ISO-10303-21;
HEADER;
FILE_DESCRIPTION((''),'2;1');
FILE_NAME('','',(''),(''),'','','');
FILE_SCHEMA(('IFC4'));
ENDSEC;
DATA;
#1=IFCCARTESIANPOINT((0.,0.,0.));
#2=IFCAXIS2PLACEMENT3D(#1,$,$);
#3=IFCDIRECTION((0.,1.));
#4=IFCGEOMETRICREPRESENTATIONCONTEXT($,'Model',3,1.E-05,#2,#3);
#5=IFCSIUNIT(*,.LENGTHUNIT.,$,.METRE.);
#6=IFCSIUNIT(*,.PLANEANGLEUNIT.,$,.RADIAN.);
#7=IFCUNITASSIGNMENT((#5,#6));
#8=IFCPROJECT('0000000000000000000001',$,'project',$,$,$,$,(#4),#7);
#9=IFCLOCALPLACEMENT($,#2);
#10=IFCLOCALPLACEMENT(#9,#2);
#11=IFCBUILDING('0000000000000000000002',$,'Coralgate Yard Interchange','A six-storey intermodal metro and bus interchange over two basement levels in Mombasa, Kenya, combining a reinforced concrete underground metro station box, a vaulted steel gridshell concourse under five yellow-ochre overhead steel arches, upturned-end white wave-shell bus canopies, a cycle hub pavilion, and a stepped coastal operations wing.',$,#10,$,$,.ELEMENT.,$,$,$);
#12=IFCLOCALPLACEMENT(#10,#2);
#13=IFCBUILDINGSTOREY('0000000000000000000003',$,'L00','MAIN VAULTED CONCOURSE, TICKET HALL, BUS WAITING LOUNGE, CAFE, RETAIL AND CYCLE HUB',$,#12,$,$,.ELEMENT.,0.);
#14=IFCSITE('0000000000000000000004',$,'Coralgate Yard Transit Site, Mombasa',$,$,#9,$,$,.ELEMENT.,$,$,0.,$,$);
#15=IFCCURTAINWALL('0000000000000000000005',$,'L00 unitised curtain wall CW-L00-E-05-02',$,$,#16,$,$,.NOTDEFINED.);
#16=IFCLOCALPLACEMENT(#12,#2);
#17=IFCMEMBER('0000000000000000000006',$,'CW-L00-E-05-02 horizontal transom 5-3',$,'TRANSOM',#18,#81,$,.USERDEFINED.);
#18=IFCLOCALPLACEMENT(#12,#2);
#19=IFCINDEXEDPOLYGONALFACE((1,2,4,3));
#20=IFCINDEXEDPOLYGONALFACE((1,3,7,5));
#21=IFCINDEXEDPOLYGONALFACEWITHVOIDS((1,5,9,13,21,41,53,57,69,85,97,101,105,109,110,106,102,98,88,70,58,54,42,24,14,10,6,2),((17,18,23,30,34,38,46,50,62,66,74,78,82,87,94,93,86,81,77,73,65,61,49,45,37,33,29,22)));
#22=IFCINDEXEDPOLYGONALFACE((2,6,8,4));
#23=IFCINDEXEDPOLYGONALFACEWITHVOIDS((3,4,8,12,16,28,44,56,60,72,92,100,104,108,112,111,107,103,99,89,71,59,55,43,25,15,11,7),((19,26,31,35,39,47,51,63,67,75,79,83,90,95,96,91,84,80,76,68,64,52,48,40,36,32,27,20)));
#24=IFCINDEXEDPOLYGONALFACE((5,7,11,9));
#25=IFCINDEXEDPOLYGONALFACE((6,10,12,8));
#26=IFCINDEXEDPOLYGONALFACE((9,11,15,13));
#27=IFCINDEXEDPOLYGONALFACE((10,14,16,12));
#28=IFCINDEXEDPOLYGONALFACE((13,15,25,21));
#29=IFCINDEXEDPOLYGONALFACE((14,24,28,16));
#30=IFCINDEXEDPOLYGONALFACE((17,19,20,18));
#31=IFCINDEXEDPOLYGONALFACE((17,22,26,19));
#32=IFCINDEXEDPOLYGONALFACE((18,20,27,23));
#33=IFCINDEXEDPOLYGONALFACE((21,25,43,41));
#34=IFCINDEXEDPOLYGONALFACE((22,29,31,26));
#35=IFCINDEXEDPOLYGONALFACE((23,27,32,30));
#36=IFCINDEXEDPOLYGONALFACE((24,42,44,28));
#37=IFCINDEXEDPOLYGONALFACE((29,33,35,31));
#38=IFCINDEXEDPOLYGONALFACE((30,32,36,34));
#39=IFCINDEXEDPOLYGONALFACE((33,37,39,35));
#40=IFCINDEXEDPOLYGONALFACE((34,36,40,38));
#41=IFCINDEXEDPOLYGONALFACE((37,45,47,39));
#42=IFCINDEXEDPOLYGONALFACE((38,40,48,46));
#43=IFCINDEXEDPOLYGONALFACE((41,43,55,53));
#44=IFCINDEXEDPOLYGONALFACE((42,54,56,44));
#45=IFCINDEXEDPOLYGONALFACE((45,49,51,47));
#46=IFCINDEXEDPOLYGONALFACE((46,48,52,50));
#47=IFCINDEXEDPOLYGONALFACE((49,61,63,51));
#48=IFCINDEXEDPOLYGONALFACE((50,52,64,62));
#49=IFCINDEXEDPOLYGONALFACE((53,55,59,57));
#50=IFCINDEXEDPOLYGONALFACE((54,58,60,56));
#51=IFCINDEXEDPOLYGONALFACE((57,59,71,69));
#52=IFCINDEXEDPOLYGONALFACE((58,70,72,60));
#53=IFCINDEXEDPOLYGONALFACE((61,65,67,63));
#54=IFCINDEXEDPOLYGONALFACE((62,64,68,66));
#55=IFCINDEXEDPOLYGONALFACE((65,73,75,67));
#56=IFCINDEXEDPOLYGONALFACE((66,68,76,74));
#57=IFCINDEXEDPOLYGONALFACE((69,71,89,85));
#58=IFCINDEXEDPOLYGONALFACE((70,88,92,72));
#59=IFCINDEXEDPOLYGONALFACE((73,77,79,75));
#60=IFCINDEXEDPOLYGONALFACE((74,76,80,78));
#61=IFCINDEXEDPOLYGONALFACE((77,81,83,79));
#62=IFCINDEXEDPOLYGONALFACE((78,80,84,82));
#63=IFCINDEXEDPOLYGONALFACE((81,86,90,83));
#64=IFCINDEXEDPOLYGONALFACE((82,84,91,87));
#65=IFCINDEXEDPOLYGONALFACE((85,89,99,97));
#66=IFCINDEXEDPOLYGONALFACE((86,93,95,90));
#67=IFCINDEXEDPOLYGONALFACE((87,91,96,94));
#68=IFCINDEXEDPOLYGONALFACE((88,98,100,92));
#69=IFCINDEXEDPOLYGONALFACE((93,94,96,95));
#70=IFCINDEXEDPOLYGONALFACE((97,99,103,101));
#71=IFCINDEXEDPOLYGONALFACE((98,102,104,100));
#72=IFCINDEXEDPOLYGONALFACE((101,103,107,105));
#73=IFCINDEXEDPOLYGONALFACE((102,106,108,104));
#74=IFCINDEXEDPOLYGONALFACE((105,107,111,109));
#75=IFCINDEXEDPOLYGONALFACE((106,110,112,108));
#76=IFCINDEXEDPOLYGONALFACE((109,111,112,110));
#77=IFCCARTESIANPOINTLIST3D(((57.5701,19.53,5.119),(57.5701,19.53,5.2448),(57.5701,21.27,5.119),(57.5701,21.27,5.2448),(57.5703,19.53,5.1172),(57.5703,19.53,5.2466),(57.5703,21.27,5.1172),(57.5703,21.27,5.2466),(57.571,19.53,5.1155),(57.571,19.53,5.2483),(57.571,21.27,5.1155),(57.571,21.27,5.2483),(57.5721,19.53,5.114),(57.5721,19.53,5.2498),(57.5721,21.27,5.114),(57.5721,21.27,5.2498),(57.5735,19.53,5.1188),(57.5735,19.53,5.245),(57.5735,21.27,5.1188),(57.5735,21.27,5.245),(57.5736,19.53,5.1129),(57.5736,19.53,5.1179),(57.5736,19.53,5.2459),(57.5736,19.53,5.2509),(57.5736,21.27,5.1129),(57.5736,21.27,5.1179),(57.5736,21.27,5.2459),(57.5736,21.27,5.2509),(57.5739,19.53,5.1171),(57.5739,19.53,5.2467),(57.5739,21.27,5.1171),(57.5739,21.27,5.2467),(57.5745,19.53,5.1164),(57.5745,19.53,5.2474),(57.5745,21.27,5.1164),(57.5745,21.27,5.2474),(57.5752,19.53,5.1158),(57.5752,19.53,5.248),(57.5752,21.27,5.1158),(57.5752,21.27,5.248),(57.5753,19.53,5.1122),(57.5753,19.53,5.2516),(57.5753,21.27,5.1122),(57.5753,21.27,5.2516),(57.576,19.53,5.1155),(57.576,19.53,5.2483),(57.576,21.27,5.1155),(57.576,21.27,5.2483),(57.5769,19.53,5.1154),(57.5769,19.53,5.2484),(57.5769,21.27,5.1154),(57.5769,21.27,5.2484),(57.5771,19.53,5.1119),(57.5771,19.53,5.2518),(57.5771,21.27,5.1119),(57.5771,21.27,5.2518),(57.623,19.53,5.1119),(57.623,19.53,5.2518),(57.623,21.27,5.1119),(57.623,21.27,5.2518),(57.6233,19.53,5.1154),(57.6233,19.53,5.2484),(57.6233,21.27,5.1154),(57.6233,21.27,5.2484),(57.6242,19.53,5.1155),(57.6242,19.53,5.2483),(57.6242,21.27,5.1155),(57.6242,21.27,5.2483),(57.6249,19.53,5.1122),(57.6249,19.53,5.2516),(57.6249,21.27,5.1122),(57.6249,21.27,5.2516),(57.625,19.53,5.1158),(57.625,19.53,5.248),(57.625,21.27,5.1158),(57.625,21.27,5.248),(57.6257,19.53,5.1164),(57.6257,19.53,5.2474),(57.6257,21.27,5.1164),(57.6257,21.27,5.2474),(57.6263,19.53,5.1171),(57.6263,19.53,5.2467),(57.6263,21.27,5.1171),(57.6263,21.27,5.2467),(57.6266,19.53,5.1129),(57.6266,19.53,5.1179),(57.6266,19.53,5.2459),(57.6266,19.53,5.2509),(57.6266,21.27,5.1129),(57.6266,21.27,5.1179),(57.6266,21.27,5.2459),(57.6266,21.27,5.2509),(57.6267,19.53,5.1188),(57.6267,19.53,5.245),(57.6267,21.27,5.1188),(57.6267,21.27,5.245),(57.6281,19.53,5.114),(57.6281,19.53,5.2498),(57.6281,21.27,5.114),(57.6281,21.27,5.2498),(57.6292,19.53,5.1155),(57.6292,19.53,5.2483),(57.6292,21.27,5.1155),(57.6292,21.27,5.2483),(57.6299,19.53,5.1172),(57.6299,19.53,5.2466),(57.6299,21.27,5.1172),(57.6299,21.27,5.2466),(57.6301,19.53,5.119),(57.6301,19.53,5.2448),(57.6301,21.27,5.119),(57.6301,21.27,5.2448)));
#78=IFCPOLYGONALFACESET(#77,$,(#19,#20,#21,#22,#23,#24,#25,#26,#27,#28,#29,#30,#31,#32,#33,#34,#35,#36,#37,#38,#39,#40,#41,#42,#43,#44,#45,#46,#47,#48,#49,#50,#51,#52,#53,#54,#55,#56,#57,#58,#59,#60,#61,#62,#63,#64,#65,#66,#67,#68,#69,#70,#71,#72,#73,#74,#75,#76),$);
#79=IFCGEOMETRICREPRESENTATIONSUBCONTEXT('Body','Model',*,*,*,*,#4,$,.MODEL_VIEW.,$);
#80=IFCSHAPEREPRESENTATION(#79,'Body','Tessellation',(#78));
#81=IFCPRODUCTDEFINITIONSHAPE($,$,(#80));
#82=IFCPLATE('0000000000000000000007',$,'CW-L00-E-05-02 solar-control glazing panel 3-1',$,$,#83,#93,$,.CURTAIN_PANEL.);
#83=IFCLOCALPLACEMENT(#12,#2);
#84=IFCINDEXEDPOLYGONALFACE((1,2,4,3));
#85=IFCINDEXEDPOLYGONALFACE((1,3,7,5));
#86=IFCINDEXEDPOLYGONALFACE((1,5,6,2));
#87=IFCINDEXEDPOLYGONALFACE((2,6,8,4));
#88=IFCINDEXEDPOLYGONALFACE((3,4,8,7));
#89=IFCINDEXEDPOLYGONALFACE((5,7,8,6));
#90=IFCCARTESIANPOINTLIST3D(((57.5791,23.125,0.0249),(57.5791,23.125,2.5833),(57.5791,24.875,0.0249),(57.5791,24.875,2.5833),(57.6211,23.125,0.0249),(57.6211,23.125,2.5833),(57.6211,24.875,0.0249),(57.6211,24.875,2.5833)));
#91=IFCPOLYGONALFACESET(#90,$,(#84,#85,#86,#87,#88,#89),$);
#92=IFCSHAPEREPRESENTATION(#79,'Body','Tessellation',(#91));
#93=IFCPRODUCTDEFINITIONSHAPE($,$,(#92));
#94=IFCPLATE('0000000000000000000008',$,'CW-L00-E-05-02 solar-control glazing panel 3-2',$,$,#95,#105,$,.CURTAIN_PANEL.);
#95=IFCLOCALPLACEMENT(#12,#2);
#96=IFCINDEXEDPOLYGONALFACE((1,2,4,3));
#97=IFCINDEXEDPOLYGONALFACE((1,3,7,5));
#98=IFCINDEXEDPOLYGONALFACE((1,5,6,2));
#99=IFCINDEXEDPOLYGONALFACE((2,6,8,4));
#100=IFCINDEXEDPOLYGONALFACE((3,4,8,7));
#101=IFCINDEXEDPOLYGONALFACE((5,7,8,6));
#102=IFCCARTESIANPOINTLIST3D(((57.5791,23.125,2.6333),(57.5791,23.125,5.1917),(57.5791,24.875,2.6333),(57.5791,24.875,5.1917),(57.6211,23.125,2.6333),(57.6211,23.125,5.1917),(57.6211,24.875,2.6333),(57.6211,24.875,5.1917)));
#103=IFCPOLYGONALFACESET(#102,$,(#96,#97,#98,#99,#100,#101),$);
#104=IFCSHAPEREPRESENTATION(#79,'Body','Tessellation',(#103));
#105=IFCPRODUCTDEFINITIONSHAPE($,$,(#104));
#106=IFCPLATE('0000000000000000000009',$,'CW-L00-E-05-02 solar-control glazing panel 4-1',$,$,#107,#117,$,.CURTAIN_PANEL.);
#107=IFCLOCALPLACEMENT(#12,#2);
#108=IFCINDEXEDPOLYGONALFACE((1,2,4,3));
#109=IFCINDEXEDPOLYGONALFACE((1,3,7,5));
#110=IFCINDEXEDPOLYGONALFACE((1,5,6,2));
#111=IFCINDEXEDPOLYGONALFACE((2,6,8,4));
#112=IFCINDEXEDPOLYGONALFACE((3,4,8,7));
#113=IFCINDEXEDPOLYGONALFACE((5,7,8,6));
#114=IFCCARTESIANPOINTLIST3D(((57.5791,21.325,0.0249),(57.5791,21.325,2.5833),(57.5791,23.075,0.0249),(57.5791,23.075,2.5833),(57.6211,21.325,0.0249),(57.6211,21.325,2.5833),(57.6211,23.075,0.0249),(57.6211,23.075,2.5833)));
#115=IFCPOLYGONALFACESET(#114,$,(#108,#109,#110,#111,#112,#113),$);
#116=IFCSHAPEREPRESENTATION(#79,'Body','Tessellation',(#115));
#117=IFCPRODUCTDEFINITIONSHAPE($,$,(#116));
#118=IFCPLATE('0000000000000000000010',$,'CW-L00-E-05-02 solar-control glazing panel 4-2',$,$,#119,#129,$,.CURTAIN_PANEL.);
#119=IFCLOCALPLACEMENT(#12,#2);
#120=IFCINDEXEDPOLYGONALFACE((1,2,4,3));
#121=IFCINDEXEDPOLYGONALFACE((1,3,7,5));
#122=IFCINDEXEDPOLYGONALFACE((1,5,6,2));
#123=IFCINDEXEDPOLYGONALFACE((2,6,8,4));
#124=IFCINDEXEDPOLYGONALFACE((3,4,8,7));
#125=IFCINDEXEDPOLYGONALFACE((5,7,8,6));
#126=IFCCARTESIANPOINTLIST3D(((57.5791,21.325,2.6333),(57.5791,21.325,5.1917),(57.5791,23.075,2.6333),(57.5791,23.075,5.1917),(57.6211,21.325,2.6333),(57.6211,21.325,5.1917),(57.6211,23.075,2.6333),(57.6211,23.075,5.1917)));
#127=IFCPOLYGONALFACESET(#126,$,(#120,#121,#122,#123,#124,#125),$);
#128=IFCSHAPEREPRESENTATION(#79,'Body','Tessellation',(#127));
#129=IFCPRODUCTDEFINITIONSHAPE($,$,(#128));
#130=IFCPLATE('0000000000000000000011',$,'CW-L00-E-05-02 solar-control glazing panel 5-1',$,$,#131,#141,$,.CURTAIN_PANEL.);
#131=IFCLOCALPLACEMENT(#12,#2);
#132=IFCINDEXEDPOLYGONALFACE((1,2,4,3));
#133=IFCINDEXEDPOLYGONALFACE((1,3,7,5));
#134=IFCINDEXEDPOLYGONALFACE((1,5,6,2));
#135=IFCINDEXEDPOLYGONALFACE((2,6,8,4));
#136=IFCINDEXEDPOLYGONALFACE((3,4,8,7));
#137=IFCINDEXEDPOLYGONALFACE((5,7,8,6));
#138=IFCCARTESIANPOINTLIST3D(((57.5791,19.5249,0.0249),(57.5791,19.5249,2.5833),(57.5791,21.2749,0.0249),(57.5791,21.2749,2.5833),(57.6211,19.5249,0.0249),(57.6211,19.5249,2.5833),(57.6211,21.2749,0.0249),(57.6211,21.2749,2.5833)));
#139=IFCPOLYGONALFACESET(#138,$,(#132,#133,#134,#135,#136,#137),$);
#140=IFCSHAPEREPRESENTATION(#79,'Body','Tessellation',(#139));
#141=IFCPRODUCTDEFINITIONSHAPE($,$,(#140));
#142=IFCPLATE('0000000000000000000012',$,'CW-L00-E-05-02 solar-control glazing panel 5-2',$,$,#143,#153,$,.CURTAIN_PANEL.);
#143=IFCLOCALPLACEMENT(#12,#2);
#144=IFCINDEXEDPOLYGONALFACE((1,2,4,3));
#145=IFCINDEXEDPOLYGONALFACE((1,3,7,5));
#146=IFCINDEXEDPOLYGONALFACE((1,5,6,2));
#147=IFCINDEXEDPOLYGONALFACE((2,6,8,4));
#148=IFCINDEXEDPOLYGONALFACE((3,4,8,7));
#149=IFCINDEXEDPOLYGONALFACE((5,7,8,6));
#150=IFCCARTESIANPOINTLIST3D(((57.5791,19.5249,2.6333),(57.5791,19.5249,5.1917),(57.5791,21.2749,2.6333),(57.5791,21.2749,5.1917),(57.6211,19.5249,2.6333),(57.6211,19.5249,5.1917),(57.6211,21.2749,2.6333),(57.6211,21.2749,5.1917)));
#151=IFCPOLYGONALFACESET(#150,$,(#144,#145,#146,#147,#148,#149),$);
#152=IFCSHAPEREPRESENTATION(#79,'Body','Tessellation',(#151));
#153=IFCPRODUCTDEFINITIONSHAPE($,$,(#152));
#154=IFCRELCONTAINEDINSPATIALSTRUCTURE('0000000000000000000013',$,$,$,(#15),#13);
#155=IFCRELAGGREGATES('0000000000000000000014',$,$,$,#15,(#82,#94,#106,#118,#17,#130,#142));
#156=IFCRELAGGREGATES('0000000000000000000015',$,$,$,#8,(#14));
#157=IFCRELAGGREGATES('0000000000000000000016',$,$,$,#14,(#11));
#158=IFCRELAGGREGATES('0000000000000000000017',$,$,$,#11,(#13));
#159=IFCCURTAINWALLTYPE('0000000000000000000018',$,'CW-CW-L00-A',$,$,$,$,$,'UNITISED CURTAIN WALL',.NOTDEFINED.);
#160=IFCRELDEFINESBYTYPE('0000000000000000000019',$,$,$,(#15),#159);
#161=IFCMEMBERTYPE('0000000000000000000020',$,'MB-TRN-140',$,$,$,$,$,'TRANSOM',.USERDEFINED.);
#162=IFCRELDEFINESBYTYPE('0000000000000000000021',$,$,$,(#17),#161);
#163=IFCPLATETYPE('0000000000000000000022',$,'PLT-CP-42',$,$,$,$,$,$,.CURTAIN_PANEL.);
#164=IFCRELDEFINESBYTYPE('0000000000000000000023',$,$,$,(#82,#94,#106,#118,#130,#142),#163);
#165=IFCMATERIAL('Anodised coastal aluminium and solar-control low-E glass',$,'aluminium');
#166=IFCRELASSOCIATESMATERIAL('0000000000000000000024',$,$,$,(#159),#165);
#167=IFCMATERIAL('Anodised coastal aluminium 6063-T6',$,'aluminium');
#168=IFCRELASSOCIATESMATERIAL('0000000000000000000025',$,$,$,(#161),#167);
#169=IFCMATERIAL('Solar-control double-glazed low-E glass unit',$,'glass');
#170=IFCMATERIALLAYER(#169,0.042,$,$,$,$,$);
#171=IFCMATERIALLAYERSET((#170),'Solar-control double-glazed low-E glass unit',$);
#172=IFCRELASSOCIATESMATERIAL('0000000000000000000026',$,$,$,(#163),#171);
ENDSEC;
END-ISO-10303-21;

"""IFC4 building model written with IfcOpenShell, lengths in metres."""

from ifc_helpers import new_model, si_unit, direction, frame, origin, origin_2d, place, context, subcontext, project, spatial, rectangle, hollow_rectangle, extrude, material, layer, layer_set, material_profile, profile_set, type_object, element, aggregate, save


model = new_model("IFC4")

# Units and contexts
model_context = context("Model", 3, precision=1e-05, world=origin(), true_north=direction((0.0, 1.0)))
body_context = subcontext(model_context, "Body", "Model", "MODEL_VIEW")
ifc_project = project(units=[si_unit("LENGTHUNIT", "METRE"), si_unit("PLANEANGLEUNIT", "RADIAN")], contexts=[model_context])

# Site, building, storey
site_placement = place(None, origin())
site = spatial("IfcSite", under=ifc_project, at=site_placement, Name="Coralgate Yard Transit Site, Mombasa", CompositionType="ELEMENT", RefElevation=0.0)
building_placement = place(site_placement, origin())
building = spatial("IfcBuilding", under=site, at=building_placement, Name="Coralgate Yard Interchange", Description="A six-storey intermodal metro and bus interchange over two basement levels in Mombasa, Kenya, combining a reinforced concrete underground metro station box, a vaulted steel gridshell concourse under five yellow-ochre overhead steel arches, upturned-end white wave-shell bus canopies, a cycle hub pavilion, and a stepped coastal operations wing.", CompositionType="ELEMENT")
storey_placement = place(building_placement, origin())
storey = spatial("IfcBuildingStorey", under=building, at=storey_placement, Name="L00", Description="MAIN VAULTED CONCOURSE, TICKET HALL, BUS WAITING LOUNGE, CAFE, RETAIL AND CYCLE HUB", CompositionType="ELEMENT", Elevation=0.0)

# Shared definitions
ifc_material_1 = material(Name="Anodised coastal aluminium and solar-control low-E glass", Category="aluminium")
ifc_material_2 = material(Name="Anodised coastal aluminium 6063-T6", Category="aluminium")

# Curtain wall, member, plates
curtain_wall_type_1 = type_object("IfcCurtainWallType", Name="CW-CW-L00-A", ElementType="UNITISED CURTAIN WALL", PredefinedType="NOTDEFINED", material=ifc_material_1)
curtain_wall_1_placement = place(storey_placement, origin())
curtain_wall_1 = element("IfcCurtainWall", 1, at=curtain_wall_1_placement, inside=storey, type_object=curtain_wall_type_1, Name="L00 unitised curtain wall CW-L00-E-05-02", PredefinedType="NOTDEFINED")
ifc_material_profile_1 = material_profile(ifc_material_2, hollow_rectangle(XDim=0.0601, YDim=0.1399, WallThickness=0.0034, InnerFilletRadius=0.0034, OuterFilletRadius=0.0071, at=origin_2d()), Name="ALU 60x140x3.5")
ifc_profile_set_1 = profile_set([ifc_material_profile_1], Name="Anodised coastal aluminium 6063-T6")
member_type_1 = type_object("IfcMemberType", Name="MB-TRN-140", ElementType="TRANSOM", PredefinedType="USERDEFINED", material=ifc_profile_set_1)
member_1_placement = place(storey_placement, frame((57.6001, 21.27, 5.1819), z_axis=(0.0, -1.0, 0.0), x_axis=(1.0, 0.0, 0.0)))
member_1 = element("IfcMember", 2, at=member_1_placement, type_object=member_type_1, Name="CW-L00-E-05-02 horizontal transom 5-3", ObjectType="TRANSOM", PredefinedType="USERDEFINED", context=body_context, shape_type="SweptSolid", body=[
    extrude(hollow_rectangle(XDim=0.0601, YDim=0.1399, WallThickness=0.0034, InnerFilletRadius=0.0034, OuterFilletRadius=0.0071, at=origin_2d()), origin(), (0.0, 0.0, 1.0), 1.74),
])
ifc_material_3 = material(Name="Solar-control double-glazed low-E glass unit", Category="glass")
ifc_layer = layer(ifc_material_3, 0.042)
ifc_layer_set = layer_set([ifc_layer], Name="Solar-control double-glazed low-E glass unit")
plate_type = type_object("IfcPlateType", Name="PLT-CP-42", PredefinedType="CURTAIN_PANEL", material=ifc_layer_set)
plate_1_placement = place(storey_placement, frame((57.6001, 24.0, 0.0249), z_axis=(0.0, 0.0, 1.0), x_axis=(0.0, -1.0, 0.0)))
plate_1 = element("IfcPlate", 3, at=plate_1_placement, type_object=plate_type, Name="CW-L00-E-05-02 solar-control glazing panel 3-1", PredefinedType="CURTAIN_PANEL", context=body_context, shape_type="SweptSolid", body=[
    extrude(rectangle(XDim=1.75, YDim=0.042, at=origin_2d()), origin(), (0.0, 0.0, 1.0), 2.5583),
])
plate_2_placement = place(storey_placement, frame((57.6001, 24.0, 2.6333), z_axis=(0.0, 0.0, 1.0), x_axis=(0.0, -1.0, 0.0)))
plate_2 = element("IfcPlate", 4, at=plate_2_placement, type_object=plate_type, Name="CW-L00-E-05-02 solar-control glazing panel 3-2", PredefinedType="CURTAIN_PANEL", context=body_context, shape_type="SweptSolid", body=[
    extrude(rectangle(XDim=1.75, YDim=0.042, at=origin_2d()), origin(), (0.0, 0.0, 1.0), 2.5583),
])
plate_3_placement = place(storey_placement, frame((57.6001, 22.2, 0.0249), z_axis=(0.0, 0.0, 1.0), x_axis=(0.0, -1.0, 0.0)))
plate_3 = element("IfcPlate", 5, at=plate_3_placement, type_object=plate_type, Name="CW-L00-E-05-02 solar-control glazing panel 4-1", PredefinedType="CURTAIN_PANEL", context=body_context, shape_type="SweptSolid", body=[
    extrude(rectangle(XDim=1.75, YDim=0.042, at=origin_2d()), origin(), (0.0, 0.0, 1.0), 2.5583),
])
plate_4_placement = place(storey_placement, frame((57.6001, 22.2, 2.6333), z_axis=(0.0, 0.0, 1.0), x_axis=(0.0, -1.0, 0.0)))
plate_4 = element("IfcPlate", 6, at=plate_4_placement, type_object=plate_type, Name="CW-L00-E-05-02 solar-control glazing panel 4-2", PredefinedType="CURTAIN_PANEL", context=body_context, shape_type="SweptSolid", body=[
    extrude(rectangle(XDim=1.75, YDim=0.042, at=origin_2d()), origin(), (0.0, 0.0, 1.0), 2.5583),
])
plate_5_placement = place(storey_placement, frame((57.6001, 20.3999, 0.0249), z_axis=(0.0, 0.0, 1.0), x_axis=(0.0, -1.0, 0.0)))
plate_5 = element("IfcPlate", 7, at=plate_5_placement, type_object=plate_type, Name="CW-L00-E-05-02 solar-control glazing panel 5-1", PredefinedType="CURTAIN_PANEL", context=body_context, shape_type="SweptSolid", body=[
    extrude(rectangle(XDim=1.75, YDim=0.042, at=origin_2d()), origin(), (0.0, 0.0, 1.0), 2.5583),
])
plate_6_placement = place(storey_placement, frame((57.6001, 20.3999, 2.6333), z_axis=(0.0, 0.0, 1.0), x_axis=(0.0, -1.0, 0.0)))
plate_6 = element("IfcPlate", 8, at=plate_6_placement, type_object=plate_type, Name="CW-L00-E-05-02 solar-control glazing panel 5-2", PredefinedType="CURTAIN_PANEL", context=body_context, shape_type="SweptSolid", body=[
    extrude(rectangle(XDim=1.75, YDim=0.042, at=origin_2d()), origin(), (0.0, 0.0, 1.0), 2.5583),
])
aggregate(curtain_wall_1, [plate_1, plate_2, plate_3, plate_4, member_1, plate_5, plate_6])

save(model, "model.ifc")
